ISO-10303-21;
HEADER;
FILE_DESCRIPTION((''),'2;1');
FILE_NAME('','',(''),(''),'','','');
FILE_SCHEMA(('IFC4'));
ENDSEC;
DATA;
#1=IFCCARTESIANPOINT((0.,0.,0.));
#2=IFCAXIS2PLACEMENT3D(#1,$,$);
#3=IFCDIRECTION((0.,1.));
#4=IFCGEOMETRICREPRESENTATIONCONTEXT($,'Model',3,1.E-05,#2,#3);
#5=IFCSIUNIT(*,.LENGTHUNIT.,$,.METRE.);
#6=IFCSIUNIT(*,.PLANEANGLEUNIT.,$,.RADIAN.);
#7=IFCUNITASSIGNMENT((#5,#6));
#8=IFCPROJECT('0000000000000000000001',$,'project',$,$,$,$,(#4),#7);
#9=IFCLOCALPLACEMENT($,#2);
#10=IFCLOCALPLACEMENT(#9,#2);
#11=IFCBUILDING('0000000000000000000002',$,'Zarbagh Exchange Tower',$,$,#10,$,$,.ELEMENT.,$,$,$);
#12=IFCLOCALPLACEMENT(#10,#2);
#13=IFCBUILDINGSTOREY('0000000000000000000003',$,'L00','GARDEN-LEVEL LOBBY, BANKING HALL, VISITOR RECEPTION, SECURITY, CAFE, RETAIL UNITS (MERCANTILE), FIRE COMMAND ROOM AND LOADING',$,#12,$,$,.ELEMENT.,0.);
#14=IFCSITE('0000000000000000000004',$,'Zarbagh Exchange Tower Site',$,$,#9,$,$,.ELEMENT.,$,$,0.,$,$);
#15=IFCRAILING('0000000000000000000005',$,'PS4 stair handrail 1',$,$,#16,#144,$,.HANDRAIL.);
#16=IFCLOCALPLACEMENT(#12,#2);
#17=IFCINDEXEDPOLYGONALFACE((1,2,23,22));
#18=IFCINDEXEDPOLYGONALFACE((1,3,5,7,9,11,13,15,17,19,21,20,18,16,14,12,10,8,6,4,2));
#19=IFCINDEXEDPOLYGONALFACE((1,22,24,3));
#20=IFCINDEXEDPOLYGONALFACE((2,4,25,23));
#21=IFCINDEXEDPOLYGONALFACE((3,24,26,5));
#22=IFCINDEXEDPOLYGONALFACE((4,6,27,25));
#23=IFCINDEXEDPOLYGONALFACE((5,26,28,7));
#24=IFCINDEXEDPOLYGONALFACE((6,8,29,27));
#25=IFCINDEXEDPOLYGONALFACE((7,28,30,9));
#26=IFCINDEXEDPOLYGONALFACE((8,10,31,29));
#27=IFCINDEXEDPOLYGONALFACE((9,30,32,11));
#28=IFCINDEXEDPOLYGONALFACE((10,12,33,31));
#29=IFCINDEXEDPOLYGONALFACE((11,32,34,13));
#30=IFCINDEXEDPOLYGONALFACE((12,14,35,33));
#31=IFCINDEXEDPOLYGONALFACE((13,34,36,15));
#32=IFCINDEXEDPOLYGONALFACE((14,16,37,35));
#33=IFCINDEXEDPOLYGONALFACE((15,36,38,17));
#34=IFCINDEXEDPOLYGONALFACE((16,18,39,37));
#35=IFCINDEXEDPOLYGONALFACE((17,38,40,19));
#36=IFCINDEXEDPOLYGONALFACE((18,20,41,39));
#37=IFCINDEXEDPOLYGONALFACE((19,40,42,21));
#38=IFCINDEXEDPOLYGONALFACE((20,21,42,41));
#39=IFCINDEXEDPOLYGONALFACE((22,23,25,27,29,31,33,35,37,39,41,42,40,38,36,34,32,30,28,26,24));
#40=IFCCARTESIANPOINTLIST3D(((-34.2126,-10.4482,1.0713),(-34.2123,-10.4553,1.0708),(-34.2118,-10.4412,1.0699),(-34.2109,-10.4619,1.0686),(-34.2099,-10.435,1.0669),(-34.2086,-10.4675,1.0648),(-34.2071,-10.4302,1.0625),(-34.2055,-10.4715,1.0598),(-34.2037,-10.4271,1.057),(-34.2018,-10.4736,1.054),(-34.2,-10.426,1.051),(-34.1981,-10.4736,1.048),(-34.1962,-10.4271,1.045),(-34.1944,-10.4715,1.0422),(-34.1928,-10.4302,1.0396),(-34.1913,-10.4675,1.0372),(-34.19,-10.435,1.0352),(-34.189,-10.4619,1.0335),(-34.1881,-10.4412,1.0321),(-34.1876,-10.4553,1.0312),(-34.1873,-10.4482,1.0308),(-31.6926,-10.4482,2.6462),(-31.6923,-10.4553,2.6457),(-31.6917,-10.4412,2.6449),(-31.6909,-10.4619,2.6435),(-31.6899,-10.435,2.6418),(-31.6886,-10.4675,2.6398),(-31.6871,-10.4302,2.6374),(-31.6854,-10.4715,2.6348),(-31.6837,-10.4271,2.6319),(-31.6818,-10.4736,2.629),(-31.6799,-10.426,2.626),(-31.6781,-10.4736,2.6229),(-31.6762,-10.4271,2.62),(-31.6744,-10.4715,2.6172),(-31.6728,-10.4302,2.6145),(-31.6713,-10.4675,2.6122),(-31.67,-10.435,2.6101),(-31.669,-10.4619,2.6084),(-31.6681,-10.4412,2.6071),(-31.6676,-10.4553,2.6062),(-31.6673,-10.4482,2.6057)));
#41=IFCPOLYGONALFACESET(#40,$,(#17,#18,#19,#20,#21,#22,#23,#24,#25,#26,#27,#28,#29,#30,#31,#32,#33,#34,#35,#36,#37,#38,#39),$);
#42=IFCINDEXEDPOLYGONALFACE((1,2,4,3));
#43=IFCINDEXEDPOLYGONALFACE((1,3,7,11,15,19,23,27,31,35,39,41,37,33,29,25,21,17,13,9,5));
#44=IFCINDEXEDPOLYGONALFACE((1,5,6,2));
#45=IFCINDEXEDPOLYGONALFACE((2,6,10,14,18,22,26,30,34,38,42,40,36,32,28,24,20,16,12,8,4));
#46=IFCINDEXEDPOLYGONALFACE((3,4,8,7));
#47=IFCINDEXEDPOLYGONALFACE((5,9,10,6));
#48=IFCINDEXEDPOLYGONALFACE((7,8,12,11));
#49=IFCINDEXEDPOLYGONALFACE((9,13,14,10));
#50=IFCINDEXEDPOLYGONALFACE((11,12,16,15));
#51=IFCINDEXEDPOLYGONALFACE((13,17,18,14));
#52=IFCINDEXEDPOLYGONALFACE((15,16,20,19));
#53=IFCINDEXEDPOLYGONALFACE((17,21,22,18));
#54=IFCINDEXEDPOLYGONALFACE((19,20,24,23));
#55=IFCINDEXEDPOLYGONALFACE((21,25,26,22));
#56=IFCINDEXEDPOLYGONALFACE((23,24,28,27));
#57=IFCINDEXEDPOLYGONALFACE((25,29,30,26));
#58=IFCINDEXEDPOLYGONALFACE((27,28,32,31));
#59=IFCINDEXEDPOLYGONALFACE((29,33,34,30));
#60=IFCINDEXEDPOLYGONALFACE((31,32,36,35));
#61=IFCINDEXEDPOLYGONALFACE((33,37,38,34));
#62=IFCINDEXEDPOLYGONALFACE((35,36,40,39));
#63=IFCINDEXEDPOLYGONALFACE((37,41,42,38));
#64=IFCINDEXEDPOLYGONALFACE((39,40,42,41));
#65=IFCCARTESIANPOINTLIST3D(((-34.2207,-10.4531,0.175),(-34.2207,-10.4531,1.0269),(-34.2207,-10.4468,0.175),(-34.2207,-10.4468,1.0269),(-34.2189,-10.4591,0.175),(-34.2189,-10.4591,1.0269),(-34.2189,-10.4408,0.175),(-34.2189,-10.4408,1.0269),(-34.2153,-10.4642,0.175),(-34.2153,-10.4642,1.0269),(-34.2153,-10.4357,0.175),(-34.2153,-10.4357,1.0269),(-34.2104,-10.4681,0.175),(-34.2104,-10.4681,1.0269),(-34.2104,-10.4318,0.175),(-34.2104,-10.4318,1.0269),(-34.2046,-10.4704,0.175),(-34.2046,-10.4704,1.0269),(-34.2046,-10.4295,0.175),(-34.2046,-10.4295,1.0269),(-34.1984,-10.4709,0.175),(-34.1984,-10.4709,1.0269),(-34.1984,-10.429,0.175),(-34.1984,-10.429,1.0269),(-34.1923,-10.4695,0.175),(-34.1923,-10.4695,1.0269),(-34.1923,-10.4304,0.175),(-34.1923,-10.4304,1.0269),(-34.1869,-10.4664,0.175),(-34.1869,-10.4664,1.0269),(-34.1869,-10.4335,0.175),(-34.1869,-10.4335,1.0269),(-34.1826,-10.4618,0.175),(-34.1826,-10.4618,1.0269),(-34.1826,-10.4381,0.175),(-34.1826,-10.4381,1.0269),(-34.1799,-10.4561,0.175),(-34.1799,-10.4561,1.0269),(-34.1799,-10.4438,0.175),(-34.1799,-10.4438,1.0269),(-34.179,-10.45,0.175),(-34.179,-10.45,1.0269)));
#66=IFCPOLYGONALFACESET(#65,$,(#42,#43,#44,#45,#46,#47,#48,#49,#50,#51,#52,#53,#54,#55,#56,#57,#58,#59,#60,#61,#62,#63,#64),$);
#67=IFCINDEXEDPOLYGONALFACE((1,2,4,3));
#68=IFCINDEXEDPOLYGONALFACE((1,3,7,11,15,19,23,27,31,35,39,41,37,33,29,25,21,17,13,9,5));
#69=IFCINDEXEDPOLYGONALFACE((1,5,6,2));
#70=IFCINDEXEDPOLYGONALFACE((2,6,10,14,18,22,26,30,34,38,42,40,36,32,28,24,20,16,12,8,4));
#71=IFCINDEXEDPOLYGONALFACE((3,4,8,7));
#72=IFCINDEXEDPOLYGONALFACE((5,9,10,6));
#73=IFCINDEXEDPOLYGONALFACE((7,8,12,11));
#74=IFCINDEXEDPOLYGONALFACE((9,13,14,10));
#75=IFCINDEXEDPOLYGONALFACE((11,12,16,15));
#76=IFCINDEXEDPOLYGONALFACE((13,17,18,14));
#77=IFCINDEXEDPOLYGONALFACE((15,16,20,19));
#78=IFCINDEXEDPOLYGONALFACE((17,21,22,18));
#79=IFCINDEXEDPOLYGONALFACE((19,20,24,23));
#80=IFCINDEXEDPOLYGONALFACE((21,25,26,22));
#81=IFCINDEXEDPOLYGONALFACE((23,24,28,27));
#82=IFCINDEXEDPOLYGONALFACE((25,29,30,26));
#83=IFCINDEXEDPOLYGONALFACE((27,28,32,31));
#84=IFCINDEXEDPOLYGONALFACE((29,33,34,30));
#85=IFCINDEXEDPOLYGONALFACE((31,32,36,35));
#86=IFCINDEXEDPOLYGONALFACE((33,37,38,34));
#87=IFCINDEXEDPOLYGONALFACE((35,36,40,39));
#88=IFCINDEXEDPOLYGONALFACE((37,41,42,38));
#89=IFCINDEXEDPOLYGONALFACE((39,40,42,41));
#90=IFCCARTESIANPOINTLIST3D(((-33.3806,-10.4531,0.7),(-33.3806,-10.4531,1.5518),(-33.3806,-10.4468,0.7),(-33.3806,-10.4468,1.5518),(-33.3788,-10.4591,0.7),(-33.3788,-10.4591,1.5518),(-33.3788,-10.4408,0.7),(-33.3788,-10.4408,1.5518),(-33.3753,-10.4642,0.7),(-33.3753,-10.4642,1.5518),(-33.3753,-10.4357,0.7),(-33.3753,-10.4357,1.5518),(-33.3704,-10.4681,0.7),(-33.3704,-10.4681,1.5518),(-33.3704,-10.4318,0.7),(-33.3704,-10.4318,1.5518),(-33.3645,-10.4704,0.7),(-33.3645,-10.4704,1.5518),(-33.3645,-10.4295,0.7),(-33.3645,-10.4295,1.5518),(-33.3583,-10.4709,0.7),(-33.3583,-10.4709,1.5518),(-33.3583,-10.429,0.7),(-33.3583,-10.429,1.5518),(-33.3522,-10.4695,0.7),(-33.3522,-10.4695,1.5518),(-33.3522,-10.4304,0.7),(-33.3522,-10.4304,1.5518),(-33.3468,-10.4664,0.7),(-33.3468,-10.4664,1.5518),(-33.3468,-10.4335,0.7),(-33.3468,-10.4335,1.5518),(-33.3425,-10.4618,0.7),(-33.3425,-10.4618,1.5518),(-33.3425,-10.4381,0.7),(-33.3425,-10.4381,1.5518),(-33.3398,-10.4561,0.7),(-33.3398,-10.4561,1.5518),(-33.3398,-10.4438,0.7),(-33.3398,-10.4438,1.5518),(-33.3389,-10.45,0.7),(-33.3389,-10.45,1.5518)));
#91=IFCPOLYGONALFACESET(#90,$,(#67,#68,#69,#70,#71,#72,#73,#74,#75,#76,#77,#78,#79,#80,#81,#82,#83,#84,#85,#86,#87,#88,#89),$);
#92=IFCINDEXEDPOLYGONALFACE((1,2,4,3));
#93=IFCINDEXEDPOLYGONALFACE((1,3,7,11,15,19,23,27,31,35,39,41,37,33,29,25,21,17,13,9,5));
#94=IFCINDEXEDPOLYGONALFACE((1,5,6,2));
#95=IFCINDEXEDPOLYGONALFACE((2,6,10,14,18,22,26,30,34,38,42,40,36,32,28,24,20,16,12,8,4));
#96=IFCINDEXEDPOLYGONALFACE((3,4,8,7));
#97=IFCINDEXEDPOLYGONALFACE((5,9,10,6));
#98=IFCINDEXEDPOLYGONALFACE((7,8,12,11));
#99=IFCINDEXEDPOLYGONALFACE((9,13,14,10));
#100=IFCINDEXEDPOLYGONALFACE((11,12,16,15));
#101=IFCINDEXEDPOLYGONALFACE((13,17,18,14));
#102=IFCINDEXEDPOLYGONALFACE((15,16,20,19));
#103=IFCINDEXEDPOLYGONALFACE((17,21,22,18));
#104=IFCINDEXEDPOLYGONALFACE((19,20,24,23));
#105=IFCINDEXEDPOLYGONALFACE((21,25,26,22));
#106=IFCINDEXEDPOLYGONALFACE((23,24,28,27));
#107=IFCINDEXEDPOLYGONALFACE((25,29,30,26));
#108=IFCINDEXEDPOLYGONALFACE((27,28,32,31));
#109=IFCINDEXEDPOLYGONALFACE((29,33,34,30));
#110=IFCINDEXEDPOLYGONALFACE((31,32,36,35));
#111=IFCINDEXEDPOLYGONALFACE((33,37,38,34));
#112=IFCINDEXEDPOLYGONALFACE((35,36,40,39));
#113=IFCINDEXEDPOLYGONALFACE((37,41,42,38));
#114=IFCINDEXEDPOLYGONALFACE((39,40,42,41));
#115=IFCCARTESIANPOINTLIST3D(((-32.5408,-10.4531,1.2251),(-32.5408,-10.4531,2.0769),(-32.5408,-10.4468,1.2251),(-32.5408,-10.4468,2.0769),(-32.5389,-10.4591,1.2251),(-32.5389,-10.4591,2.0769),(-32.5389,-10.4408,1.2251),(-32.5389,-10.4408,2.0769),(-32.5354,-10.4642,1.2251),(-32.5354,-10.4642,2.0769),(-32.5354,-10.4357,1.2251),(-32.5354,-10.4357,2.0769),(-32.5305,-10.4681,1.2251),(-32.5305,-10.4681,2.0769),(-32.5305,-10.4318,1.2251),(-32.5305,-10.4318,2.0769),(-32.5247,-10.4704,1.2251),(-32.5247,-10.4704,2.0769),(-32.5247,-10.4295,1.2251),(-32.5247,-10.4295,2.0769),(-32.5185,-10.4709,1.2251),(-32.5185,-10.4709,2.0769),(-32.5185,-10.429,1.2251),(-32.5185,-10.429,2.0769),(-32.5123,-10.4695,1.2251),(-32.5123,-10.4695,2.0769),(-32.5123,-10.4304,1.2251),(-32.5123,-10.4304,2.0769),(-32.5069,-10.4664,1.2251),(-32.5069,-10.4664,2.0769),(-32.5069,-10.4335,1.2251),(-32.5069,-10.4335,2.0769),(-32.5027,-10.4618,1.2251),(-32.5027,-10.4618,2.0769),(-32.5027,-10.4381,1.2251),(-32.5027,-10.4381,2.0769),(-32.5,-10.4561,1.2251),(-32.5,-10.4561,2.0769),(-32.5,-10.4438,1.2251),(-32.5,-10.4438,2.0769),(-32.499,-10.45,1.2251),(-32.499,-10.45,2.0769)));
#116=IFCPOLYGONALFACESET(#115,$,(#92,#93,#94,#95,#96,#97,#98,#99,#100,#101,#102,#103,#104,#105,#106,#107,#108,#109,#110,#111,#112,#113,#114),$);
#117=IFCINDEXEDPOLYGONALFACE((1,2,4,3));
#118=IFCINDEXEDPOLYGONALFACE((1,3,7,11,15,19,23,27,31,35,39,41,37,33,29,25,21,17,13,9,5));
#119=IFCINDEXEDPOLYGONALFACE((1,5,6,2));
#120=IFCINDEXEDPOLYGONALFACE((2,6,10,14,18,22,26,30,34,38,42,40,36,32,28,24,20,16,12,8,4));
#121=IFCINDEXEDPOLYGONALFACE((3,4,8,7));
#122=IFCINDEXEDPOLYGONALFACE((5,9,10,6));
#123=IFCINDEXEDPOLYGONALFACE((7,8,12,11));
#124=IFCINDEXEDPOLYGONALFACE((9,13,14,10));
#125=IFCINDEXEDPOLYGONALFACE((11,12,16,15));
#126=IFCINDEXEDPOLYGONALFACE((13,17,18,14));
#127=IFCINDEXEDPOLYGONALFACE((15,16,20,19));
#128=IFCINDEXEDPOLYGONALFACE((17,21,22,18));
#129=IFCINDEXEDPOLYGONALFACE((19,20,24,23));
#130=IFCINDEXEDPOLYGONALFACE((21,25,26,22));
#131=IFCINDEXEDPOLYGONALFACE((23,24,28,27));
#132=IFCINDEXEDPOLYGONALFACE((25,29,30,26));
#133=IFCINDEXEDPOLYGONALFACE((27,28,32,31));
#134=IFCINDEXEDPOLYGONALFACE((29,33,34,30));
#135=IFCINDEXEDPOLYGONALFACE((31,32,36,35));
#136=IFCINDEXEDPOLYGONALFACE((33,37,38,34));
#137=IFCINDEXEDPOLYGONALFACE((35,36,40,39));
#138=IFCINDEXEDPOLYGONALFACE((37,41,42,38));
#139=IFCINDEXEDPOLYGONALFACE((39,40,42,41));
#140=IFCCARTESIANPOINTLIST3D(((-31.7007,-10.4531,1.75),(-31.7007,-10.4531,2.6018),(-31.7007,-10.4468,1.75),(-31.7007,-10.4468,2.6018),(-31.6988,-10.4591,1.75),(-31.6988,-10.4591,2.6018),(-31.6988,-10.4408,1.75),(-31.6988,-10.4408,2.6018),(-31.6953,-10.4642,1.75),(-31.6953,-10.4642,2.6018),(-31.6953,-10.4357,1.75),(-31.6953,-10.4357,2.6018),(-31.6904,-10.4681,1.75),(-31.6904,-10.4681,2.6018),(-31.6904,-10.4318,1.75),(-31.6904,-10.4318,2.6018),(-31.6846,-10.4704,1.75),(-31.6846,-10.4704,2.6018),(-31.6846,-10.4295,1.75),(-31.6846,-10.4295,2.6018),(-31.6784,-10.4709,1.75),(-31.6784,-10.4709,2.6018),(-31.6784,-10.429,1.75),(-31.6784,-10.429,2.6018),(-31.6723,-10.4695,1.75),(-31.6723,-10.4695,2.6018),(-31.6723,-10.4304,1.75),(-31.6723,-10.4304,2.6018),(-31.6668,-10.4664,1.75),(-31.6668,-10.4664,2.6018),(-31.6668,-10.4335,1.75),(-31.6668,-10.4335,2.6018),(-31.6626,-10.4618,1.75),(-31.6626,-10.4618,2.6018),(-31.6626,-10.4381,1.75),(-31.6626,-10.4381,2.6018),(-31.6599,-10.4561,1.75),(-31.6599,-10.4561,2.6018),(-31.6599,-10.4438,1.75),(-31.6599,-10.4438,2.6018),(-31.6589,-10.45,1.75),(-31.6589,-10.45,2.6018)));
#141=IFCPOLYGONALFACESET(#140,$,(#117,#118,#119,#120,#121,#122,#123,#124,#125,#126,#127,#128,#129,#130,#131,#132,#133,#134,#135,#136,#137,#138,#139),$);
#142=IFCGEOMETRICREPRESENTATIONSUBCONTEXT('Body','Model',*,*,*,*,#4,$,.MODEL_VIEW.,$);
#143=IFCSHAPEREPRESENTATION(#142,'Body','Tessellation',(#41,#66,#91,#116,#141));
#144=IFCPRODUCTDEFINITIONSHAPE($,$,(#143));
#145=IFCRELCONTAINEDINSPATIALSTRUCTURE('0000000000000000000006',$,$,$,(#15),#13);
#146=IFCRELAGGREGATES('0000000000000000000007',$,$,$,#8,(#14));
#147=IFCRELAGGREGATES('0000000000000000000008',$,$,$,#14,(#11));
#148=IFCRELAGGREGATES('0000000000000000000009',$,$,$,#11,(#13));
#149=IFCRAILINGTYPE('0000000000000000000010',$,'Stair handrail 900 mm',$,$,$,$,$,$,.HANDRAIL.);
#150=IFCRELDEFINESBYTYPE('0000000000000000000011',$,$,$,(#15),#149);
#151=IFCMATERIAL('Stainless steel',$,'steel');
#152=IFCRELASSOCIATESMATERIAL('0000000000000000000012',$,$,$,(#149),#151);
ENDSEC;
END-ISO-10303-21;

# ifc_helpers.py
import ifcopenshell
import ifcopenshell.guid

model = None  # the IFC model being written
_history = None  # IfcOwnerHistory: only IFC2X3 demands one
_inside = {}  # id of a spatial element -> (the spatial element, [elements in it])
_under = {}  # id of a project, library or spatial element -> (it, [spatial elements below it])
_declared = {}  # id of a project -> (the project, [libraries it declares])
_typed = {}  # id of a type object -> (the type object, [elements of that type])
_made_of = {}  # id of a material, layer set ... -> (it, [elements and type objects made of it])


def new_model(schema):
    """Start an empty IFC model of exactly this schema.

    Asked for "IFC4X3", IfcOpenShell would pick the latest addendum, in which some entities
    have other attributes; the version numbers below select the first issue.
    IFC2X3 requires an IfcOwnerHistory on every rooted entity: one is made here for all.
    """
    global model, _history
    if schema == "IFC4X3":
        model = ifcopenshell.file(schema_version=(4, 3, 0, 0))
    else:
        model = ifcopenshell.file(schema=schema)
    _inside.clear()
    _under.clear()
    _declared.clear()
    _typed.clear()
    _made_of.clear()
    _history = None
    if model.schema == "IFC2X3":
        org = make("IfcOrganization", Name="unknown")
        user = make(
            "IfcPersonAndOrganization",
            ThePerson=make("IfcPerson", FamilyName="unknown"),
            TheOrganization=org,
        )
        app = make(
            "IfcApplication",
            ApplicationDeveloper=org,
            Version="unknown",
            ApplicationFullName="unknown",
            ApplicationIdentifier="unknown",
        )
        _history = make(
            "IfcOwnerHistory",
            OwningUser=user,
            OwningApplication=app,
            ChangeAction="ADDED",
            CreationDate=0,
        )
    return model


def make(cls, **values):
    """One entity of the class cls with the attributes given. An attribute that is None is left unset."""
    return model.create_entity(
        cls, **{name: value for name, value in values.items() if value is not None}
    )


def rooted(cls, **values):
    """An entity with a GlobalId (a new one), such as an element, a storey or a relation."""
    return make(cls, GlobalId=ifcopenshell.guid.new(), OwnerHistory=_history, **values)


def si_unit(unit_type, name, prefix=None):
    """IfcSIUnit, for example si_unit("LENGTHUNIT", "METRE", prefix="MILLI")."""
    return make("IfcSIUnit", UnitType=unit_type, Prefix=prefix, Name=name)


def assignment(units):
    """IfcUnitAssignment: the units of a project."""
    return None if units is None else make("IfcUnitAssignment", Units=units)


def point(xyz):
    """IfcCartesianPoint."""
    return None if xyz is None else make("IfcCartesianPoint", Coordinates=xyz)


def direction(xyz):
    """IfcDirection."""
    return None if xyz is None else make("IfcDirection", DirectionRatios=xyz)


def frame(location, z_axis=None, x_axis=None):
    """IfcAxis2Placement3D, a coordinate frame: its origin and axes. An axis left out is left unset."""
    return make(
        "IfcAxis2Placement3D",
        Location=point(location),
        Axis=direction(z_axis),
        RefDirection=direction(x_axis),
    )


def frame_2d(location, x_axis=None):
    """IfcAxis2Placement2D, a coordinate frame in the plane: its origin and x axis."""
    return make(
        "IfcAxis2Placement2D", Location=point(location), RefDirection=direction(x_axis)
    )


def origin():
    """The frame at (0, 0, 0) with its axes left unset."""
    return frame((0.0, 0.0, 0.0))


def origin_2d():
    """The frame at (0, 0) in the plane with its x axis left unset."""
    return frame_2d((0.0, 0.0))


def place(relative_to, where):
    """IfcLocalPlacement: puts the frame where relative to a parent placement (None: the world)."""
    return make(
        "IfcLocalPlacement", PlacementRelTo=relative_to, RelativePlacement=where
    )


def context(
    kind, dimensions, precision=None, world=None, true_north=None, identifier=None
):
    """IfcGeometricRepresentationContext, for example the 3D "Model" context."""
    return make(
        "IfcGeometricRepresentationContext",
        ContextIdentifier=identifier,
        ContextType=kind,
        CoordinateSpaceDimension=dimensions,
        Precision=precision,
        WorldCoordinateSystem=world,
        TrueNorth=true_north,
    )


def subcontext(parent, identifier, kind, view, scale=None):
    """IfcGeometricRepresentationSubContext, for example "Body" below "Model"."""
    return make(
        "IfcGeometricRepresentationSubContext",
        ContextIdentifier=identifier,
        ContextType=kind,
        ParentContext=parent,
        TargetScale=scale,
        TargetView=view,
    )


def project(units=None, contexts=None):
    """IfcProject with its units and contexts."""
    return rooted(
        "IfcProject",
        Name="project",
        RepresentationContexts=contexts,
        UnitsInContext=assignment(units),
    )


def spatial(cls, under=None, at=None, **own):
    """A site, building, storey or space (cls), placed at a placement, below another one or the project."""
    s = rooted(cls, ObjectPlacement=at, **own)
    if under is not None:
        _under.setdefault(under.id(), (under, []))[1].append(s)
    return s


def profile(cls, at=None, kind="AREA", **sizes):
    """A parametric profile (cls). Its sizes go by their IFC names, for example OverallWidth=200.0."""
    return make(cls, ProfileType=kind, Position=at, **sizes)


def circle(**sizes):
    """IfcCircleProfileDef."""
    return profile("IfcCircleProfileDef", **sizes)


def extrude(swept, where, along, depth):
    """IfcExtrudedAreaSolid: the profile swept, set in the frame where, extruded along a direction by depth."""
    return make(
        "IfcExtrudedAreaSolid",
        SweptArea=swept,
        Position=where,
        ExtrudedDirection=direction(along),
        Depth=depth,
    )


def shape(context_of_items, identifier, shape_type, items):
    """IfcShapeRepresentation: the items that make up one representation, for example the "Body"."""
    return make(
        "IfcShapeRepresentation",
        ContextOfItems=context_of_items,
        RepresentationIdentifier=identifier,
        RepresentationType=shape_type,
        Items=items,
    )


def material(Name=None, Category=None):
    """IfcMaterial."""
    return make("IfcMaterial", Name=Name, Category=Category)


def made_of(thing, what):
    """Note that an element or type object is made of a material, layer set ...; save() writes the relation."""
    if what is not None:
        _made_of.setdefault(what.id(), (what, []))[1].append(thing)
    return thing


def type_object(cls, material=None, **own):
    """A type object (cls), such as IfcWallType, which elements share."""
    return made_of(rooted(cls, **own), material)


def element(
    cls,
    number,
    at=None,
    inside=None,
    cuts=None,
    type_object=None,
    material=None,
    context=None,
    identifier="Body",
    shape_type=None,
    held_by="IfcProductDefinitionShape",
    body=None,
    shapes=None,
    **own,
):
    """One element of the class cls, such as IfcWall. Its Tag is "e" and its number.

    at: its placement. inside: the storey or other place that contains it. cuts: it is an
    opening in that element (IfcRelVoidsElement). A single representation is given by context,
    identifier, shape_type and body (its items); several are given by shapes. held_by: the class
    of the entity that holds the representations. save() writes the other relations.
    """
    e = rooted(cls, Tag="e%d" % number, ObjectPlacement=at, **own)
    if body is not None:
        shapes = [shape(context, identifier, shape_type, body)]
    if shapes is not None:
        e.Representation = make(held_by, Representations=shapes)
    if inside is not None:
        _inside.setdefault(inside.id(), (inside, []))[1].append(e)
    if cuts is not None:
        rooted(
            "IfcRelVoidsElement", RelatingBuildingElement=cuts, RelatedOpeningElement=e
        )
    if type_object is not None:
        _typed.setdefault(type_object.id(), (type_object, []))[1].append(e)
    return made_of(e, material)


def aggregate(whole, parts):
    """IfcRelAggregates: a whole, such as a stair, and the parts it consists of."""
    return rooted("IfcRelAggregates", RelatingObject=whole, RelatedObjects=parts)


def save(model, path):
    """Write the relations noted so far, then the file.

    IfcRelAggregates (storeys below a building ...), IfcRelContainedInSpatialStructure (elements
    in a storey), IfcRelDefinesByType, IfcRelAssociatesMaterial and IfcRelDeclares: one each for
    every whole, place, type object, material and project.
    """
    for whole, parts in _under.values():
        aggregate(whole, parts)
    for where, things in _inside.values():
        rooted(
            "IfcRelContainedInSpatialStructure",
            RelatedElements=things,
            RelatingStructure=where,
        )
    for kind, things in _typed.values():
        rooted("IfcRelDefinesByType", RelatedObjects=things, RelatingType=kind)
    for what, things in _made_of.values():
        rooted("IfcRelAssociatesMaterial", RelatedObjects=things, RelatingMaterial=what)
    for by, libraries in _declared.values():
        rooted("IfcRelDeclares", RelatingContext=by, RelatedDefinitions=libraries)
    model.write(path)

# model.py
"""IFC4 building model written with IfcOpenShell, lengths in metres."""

from ifc_helpers import new_model, si_unit, direction, frame, origin, origin_2d, place, context, subcontext, project, spatial, circle, extrude, material, type_object, element, save


model = new_model("IFC4")

# Units and contexts
model_context = context("Model", 3, precision=1e-05, world=origin(), true_north=direction((0.0, 1.0)))
body_context = subcontext(model_context, "Body", "Model", "MODEL_VIEW")
ifc_project = project(units=[si_unit("LENGTHUNIT", "METRE"), si_unit("PLANEANGLEUNIT", "RADIAN")], contexts=[model_context])

# Site, building, storey
site_placement = place(None, origin())
site = spatial("IfcSite", under=ifc_project, at=site_placement, Name="Zarbagh Exchange Tower Site", CompositionType="ELEMENT", RefElevation=0.0)
building_placement = place(site_placement, origin())
building = spatial("IfcBuilding", under=site, at=building_placement, Name="Zarbagh Exchange Tower", CompositionType="ELEMENT")
storey_placement = place(building_placement, origin())
storey = spatial("IfcBuildingStorey", under=building, at=storey_placement, Name="L00", Description="GARDEN-LEVEL LOBBY, BANKING HALL, VISITOR RECEPTION, SECURITY, CAFE, RETAIL UNITS (MERCANTILE), FIRE COMMAND ROOM AND LOADING", CompositionType="ELEMENT", Elevation=0.0)

# Railing
ifc_material_1 = material(Name="Stainless steel", Category="steel")
railing_type_1 = type_object("IfcRailingType", Name="Stair handrail 900 mm", PredefinedType="HANDRAIL", material=ifc_material_1)
for number, where, name in (
    (1, (-34.2, -10.45, 0.175), "PS4 stair handrail 1"),
):
    element("IfcRailing", number, at=place(storey_placement, frame(where)), inside=storey, type_object=railing_type_1, Name=name, PredefinedType="HANDRAIL", context=body_context, shape_type="SweptSolid", body=[
        extrude(circle(Radius=0.0239, at=origin_2d()), frame((0.0, 0.0, 0.876), z_axis=(0.848008, 0.0, 0.529984), x_axis=(0.0, 1.0, 0.0)), (0.0, 0.0, 1.0), 2.9717),
        extrude(circle(Radius=0.021, at=origin_2d()), origin(), (0.0, 0.0, 1.0), 0.8518),
        extrude(circle(Radius=0.021, at=origin_2d()), frame((0.8401, 0.0, 0.5249)), (0.0, 0.0, 1.0), 0.8518),
        extrude(circle(Radius=0.021, at=origin_2d()), frame((1.6799, 0.0, 1.05)), (0.0, 0.0, 1.0), 0.8518),
        extrude(circle(Radius=0.021, at=origin_2d()), frame((2.52, 0.0, 1.575)), (0.0, 0.0, 1.0), 0.8518),
    ])

save(model, "model.ifc")
